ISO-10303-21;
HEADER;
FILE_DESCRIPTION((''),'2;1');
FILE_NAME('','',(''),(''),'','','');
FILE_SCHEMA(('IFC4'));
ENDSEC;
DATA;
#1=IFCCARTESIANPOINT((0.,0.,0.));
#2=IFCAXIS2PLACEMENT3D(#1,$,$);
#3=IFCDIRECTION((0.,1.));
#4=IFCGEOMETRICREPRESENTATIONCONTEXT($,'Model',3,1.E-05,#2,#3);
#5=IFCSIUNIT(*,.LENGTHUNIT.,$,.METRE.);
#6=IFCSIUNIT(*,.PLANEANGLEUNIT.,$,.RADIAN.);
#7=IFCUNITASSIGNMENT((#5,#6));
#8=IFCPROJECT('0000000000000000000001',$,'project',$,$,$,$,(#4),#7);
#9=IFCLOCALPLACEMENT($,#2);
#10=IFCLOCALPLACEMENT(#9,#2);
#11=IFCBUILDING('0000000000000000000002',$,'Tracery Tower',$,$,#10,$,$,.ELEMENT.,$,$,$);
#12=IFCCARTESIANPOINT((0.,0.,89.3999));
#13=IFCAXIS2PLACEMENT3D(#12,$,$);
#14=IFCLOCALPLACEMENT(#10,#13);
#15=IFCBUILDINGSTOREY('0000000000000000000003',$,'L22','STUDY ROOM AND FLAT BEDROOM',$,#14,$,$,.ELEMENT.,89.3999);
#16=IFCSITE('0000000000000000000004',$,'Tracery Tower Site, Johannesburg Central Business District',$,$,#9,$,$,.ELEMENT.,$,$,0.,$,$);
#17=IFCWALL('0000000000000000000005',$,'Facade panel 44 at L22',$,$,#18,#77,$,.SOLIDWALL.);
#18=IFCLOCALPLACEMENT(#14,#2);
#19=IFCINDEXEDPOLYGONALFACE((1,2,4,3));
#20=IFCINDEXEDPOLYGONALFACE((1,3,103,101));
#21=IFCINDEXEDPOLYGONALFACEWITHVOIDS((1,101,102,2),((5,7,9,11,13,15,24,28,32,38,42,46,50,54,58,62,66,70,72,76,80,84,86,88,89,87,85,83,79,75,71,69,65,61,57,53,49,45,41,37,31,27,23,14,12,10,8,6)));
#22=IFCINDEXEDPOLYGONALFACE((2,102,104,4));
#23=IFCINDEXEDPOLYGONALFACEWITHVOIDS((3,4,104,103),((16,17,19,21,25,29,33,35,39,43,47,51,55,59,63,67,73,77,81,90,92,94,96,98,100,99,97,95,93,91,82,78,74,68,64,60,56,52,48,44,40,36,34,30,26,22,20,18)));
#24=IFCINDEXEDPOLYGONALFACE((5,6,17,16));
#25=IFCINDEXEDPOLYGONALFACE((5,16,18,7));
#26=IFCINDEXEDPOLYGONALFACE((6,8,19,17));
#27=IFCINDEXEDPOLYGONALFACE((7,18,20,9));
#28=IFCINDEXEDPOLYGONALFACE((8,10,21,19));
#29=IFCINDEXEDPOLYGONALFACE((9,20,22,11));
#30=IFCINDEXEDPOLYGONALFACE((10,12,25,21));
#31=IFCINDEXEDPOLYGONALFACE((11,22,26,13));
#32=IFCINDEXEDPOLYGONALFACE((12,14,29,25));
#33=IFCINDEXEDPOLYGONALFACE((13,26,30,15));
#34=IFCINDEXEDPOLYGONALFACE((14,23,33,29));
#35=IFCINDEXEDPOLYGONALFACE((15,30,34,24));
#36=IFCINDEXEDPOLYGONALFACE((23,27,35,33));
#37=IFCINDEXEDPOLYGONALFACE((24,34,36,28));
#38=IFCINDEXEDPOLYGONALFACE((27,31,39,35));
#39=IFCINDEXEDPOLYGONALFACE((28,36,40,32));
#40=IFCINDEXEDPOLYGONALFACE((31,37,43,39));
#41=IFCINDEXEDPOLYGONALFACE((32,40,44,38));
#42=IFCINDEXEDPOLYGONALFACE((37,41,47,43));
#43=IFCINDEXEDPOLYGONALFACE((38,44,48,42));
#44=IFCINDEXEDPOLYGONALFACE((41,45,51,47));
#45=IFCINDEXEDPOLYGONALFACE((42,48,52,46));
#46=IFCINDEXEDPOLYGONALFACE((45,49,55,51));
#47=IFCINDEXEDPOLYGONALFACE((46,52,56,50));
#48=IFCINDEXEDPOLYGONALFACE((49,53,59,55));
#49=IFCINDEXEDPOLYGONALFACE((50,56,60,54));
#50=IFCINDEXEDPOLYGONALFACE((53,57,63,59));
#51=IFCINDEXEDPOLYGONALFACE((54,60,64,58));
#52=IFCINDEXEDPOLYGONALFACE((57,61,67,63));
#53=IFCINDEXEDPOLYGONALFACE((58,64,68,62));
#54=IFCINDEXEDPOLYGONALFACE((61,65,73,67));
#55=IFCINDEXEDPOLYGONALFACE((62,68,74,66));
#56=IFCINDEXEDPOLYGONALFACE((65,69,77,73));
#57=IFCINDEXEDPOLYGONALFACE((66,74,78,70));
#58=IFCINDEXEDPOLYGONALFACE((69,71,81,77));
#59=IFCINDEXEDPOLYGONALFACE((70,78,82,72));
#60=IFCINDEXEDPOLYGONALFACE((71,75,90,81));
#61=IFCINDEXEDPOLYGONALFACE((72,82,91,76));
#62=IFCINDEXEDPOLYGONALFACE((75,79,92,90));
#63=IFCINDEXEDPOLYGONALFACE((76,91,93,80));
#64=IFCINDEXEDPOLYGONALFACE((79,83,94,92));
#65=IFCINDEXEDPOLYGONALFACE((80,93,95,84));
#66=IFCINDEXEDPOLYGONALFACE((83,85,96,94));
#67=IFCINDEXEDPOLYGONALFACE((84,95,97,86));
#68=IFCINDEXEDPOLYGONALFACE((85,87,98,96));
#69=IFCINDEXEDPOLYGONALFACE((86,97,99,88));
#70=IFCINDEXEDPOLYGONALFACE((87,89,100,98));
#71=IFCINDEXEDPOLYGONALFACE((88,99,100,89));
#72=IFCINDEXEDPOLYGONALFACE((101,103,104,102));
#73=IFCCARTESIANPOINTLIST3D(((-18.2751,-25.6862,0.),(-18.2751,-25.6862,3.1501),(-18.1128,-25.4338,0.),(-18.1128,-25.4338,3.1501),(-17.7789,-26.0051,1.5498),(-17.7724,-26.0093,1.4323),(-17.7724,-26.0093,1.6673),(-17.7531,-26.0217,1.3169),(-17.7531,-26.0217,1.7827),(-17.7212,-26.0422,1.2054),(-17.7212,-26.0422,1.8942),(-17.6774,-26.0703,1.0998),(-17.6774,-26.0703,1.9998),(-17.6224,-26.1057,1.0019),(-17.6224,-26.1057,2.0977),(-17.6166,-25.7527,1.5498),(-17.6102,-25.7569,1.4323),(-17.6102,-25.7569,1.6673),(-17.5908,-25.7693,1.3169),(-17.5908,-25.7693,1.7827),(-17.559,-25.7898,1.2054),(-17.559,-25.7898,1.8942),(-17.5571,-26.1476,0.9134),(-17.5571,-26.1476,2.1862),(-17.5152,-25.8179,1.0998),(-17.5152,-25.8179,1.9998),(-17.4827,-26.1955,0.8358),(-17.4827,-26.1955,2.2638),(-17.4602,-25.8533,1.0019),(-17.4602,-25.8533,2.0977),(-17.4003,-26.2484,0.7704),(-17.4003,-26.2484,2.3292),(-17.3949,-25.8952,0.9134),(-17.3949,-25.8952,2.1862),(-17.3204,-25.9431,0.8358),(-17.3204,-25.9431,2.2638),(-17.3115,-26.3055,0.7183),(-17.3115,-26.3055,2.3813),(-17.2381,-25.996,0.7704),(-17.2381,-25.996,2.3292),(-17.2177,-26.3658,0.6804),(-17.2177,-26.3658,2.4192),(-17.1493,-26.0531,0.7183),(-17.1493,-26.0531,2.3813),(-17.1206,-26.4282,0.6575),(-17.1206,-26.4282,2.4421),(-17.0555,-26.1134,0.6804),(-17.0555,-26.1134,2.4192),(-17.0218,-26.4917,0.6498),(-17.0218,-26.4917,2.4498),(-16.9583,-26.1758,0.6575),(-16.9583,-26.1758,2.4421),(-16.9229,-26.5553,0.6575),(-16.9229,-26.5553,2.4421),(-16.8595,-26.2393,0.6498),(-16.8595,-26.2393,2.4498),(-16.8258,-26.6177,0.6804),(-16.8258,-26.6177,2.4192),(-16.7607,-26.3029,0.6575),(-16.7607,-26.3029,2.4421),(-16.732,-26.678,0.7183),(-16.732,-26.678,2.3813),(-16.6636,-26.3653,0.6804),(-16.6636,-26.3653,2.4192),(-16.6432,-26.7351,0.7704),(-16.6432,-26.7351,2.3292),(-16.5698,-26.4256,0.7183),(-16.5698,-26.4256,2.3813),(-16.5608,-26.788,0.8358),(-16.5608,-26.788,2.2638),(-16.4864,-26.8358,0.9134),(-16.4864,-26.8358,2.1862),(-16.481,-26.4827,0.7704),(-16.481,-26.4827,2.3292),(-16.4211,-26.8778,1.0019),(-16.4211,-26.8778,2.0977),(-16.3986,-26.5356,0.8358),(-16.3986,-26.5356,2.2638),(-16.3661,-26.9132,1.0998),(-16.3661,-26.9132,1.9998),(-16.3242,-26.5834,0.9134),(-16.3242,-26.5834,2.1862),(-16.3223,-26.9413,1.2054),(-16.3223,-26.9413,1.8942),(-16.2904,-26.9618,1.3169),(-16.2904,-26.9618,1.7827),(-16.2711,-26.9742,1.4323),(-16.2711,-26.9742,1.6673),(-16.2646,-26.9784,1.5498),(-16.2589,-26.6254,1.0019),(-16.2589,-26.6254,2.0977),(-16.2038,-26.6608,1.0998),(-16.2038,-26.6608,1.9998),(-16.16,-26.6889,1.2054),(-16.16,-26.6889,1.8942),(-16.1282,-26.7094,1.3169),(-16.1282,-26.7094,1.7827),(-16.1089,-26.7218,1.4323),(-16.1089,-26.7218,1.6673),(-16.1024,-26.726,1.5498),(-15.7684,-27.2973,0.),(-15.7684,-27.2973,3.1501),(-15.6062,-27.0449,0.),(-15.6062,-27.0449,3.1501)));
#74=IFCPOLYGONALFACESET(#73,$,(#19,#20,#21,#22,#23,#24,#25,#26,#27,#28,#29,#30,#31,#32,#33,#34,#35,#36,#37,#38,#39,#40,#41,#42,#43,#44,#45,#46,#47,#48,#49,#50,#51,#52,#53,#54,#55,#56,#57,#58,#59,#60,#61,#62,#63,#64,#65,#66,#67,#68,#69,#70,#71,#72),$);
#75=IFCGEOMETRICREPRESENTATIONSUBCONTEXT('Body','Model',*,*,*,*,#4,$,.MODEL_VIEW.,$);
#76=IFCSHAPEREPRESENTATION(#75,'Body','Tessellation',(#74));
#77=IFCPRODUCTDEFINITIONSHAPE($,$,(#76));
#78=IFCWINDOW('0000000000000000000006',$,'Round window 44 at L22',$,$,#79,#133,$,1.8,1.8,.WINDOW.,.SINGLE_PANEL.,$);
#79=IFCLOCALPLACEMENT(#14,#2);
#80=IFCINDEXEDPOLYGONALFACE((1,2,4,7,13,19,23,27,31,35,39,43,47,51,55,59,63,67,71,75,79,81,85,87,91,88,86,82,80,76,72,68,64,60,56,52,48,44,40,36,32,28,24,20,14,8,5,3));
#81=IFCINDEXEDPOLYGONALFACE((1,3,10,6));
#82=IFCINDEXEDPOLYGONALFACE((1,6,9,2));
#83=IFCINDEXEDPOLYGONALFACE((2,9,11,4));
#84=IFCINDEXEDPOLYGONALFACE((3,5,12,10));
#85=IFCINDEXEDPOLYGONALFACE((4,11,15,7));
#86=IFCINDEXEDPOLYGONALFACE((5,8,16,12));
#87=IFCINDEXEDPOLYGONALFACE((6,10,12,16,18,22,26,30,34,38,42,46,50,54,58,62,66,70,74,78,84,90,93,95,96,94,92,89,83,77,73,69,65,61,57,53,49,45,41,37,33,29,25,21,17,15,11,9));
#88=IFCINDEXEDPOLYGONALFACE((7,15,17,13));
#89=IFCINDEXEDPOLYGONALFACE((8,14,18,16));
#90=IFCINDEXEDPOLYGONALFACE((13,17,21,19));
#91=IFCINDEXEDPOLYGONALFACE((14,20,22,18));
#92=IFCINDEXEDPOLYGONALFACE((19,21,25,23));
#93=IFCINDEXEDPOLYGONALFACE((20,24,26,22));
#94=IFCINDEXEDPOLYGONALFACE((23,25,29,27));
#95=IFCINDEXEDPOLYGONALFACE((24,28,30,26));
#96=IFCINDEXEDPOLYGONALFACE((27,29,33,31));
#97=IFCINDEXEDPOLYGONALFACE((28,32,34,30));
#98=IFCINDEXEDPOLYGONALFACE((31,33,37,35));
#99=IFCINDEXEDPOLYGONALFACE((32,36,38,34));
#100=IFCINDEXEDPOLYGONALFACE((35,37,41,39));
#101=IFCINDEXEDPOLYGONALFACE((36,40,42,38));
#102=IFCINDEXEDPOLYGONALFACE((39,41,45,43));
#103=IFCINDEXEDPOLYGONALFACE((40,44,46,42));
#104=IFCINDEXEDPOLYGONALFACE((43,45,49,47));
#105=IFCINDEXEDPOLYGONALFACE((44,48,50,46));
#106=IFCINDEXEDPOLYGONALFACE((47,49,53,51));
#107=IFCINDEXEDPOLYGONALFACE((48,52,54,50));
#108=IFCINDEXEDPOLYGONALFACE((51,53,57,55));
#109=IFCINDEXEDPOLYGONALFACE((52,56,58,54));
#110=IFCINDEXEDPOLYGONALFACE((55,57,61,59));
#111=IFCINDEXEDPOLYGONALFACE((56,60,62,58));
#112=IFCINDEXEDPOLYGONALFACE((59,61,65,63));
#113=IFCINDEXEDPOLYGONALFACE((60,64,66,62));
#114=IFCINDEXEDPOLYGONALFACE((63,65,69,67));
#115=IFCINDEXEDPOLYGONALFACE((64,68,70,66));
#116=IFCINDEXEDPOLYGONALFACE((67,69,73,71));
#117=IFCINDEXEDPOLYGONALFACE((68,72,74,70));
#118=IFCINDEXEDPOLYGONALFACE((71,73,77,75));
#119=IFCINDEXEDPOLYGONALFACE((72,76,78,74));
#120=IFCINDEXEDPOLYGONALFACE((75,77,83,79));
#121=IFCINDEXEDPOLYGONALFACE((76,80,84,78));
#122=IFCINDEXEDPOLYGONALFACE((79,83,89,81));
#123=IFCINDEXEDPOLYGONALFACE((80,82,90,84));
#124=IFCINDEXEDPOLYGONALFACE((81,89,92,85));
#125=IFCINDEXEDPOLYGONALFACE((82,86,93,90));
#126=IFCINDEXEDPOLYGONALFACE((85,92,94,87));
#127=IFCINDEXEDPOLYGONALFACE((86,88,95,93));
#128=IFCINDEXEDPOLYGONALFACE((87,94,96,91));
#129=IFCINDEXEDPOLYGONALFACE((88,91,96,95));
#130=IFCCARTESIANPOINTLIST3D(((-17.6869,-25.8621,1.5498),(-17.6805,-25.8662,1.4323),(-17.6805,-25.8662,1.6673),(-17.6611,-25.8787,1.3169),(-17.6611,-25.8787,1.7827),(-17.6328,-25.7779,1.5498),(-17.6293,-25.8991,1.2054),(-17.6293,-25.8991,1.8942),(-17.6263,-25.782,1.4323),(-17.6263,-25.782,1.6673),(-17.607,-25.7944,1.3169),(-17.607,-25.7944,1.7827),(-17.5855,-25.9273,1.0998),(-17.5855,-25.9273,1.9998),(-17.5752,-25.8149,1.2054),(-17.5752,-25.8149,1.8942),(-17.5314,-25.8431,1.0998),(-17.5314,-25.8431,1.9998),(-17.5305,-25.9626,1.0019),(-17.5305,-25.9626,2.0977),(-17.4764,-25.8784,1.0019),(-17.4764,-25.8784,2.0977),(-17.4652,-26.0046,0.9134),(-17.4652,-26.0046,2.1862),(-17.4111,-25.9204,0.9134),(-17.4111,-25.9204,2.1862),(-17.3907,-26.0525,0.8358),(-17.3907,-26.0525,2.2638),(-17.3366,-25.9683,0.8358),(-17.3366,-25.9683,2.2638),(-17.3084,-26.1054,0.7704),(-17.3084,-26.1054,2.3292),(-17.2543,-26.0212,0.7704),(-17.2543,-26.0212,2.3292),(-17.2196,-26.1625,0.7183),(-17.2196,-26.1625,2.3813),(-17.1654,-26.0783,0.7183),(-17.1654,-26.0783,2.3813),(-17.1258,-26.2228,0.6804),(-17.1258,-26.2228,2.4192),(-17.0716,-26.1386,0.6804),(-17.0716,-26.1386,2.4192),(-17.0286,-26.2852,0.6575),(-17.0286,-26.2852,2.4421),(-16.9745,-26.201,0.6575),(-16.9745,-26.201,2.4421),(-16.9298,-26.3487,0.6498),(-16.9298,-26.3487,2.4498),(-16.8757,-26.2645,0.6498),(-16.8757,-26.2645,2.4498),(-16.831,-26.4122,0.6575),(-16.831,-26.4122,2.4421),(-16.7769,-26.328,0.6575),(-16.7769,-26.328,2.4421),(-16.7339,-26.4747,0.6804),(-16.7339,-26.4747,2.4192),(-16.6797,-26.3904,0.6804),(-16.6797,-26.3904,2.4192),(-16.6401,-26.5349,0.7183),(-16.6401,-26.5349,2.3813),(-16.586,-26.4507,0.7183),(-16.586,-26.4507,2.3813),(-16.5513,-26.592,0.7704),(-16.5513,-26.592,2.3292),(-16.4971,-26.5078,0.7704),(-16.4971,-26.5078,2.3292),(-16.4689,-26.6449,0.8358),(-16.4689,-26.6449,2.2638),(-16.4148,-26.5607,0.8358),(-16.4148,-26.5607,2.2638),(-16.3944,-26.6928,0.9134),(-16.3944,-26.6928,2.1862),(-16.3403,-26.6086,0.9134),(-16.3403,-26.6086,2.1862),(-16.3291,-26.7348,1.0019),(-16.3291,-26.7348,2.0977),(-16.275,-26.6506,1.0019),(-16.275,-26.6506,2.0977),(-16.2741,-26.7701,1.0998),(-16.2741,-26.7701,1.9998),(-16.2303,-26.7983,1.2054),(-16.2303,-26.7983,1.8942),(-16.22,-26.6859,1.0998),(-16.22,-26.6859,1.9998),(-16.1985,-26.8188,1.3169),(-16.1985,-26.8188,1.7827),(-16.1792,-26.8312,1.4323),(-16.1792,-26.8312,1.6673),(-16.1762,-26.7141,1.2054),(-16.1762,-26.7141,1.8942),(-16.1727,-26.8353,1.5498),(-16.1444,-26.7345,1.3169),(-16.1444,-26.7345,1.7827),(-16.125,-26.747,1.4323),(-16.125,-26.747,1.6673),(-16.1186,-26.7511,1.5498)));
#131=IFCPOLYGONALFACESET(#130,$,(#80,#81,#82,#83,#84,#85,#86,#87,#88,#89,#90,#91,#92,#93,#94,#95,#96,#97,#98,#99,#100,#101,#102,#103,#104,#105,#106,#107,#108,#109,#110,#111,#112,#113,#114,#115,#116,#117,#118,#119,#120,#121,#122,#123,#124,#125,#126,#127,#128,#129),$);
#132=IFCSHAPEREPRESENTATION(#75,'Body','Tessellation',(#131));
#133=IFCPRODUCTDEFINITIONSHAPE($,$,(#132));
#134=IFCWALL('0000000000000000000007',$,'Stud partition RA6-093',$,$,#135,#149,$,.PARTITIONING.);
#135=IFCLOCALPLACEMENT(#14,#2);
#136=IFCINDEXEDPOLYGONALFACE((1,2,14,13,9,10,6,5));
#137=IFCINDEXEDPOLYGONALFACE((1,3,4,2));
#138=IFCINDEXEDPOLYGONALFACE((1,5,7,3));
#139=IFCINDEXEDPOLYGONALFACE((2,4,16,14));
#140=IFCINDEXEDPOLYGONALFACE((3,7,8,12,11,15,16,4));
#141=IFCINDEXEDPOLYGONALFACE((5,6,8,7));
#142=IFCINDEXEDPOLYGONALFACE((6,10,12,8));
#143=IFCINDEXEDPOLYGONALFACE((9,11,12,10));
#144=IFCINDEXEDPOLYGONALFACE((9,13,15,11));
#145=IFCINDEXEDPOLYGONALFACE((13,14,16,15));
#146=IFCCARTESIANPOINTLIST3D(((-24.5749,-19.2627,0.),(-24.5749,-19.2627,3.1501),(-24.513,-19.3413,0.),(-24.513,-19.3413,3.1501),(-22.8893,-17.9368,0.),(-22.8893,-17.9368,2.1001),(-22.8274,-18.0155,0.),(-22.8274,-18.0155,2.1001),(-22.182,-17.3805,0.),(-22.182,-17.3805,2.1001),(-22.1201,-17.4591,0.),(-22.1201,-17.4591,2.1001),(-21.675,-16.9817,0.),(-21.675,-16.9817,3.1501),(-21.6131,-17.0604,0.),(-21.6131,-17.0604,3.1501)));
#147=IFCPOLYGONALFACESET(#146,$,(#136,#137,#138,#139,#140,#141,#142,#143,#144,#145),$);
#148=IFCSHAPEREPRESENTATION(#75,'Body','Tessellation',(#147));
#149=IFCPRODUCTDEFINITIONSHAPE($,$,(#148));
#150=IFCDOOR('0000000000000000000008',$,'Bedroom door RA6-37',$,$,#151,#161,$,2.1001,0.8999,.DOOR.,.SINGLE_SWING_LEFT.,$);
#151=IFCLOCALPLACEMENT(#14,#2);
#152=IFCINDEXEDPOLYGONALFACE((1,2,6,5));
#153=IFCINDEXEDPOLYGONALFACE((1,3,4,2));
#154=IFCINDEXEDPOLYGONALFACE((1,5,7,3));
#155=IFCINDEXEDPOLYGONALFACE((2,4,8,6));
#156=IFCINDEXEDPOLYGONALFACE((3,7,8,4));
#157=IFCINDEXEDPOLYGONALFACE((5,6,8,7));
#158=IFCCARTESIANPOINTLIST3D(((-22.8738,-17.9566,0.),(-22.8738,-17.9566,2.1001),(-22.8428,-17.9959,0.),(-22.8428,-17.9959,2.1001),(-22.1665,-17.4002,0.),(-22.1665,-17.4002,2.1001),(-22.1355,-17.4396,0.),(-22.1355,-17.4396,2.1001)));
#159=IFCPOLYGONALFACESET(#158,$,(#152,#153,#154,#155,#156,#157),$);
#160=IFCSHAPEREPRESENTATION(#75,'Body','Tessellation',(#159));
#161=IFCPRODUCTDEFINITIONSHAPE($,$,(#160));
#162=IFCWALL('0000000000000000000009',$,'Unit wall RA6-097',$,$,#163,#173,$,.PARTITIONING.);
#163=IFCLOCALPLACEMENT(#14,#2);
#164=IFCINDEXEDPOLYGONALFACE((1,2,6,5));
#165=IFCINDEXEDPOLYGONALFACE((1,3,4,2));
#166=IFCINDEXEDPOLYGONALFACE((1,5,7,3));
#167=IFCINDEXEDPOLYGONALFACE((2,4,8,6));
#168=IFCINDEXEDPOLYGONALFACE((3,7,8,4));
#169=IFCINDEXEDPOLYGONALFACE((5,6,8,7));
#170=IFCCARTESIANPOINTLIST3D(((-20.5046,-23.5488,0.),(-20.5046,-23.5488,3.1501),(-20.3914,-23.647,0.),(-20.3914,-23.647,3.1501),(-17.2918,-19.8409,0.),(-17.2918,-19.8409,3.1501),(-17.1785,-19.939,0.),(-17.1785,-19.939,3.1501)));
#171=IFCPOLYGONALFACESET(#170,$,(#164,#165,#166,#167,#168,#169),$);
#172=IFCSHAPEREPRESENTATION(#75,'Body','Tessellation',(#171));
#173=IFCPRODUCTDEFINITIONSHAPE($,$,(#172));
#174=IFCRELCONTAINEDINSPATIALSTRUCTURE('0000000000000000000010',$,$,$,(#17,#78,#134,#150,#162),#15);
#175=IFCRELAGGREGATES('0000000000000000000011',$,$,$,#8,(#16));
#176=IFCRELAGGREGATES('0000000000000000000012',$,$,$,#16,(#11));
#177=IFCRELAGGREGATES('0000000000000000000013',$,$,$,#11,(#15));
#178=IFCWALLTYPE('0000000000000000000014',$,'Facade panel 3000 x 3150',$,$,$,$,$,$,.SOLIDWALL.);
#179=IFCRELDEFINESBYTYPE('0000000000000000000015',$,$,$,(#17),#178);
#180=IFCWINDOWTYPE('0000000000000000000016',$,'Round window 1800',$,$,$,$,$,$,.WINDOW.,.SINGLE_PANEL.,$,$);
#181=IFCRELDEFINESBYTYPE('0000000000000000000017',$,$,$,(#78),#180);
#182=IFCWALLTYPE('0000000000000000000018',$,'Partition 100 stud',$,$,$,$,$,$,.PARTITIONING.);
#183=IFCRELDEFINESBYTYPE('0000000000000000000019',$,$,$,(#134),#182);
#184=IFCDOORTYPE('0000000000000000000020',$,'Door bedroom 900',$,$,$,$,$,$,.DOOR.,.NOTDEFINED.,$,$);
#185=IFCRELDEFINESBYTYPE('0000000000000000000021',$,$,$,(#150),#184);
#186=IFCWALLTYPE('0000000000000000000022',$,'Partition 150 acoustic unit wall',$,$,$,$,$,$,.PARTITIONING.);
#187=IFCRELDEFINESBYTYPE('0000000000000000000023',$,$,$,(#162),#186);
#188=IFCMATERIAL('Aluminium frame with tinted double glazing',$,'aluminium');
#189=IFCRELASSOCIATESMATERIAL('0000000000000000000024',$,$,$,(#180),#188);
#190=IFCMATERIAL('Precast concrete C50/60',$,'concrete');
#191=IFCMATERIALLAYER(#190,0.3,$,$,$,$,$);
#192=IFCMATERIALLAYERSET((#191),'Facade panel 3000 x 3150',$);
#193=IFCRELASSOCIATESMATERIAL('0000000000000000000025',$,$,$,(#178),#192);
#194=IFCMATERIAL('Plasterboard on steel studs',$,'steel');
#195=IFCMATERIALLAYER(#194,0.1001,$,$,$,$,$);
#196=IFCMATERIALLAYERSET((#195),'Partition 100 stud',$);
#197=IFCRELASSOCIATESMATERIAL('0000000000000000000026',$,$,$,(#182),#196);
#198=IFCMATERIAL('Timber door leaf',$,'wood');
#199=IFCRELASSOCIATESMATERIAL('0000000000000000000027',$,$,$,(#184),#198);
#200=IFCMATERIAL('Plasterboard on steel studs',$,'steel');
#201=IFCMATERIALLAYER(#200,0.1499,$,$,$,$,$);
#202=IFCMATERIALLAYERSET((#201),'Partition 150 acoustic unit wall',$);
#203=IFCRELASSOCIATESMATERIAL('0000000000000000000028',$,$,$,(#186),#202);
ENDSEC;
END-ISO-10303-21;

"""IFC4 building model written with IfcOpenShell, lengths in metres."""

from ifc_helpers import new_model, si_unit, direction, frame, frame_2d, origin, origin_2d, place, context, subcontext, project, spatial, rectangle, circle, extrude, material, layer, layer_set, type_object, element, fill, save


model = new_model("IFC4")

# Units and contexts
model_context = context("Model", 3, precision=1e-05, world=origin(), true_north=direction((0.0, 1.0)))
body_context = subcontext(model_context, "Body", "Model", "MODEL_VIEW")
ifc_project = project(units=[si_unit("LENGTHUNIT", "METRE"), si_unit("PLANEANGLEUNIT", "RADIAN")], contexts=[model_context])

# Site, building, storey
site_placement = place(None, origin())
site = spatial("IfcSite", under=ifc_project, at=site_placement, Name="Tracery Tower Site, Johannesburg Central Business District", CompositionType="ELEMENT", RefElevation=0.0)
building_placement = place(site_placement, origin())
building = spatial("IfcBuilding", under=site, at=building_placement, Name="Tracery Tower", CompositionType="ELEMENT")
storey_placement = place(building_placement, frame((0.0, 0.0, 89.3999)))
storey = spatial("IfcBuildingStorey", under=building, at=storey_placement, Name="L22", Description="STUDY ROOM AND FLAT BEDROOM", CompositionType="ELEMENT", Elevation=89.3999)

# Wall, opening, window
ifc_material_1 = material(Name="Aluminium frame with tinted double glazing", Category="aluminium")
window_type = type_object("IfcWindowType", Name="Round window 1800", PartitioningType="SINGLE_PANEL", PredefinedType="WINDOW", material=ifc_material_1)
ifc_material_2 = material(Name="Precast concrete C50/60", Category="concrete")
ifc_layer_1 = layer(ifc_material_2, 0.3)
ifc_layer_set_1 = layer_set([ifc_layer_1], Name="Facade panel 3000 x 3150")
wall_type_1 = type_object("IfcWallType", Name="Facade panel 3000 x 3150", PredefinedType="SOLIDWALL", material=ifc_layer_set_1)
wall_1_placement = place(storey_placement, frame((-18.1938, -25.5601, 0.0), z_axis=(0.0, 0.0, 1.0), x_axis=(0.841224, -0.540687, 0.0)))
wall_1 = element("IfcWall", 1, at=wall_1_placement, inside=storey, type_object=wall_type_1, Name="Facade panel 44 at L22", PredefinedType="SOLIDWALL", context=body_context, shape_type="SweptSolid", body=[
    extrude(rectangle(XDim=2.9797, YDim=0.3, at=frame_2d((1.4897, 0.0))), origin(), (0.0, 0.0, 1.0), 3.1501),
])
opening_1_placement = place(wall_1_placement, frame((1.4897, 0.0, 1.5498)))
opening_1 = element("IfcOpeningElement", 2, at=opening_1_placement, cuts=wall_1, PredefinedType="OPENING", context=body_context, shape_type="SweptSolid", body=[
    extrude(circle(Radius=0.9, at=origin_2d()), frame((0.0, 0.1599, 0.0), z_axis=(0.0, -1.0, 0.0), x_axis=(1.0, 0.0, 0.0)), (0.0, 0.0, 1.0), 0.3201),
])
window_1_placement = place(opening_1_placement, origin())
window_1 = element("IfcWindow", 3, at=window_1_placement, inside=storey, type_object=window_type, Name="Round window 44 at L22", OverallHeight=1.8, OverallWidth=1.8, PartitioningType="SINGLE_PANEL", PredefinedType="WINDOW", context=body_context, shape_type="SweptSolid", body=[
    extrude(circle(Radius=0.9, at=origin_2d()), frame((0.0, 0.1201, 0.0), z_axis=(0.0, -1.0, 0.0), x_axis=(1.0, 0.0, 0.0)), (0.0, 0.0, 1.0), 0.1001),
])
fill(opening_1, window_1)

# Wall, opening, door
ifc_material_3 = material(Name="Plasterboard on steel studs", Category="steel")
ifc_layer_2 = layer(ifc_material_3, 0.1001)
ifc_layer_set_2 = layer_set([ifc_layer_2], Name="Partition 100 stud")
wall_type_2 = type_object("IfcWallType", Name="Partition 100 stud", PredefinedType="PARTITIONING", material=ifc_layer_set_2)
wall_2_placement = place(storey_placement, frame((-24.5439, -19.302, 0.0), z_axis=(0.0, 0.0, 1.0), x_axis=(0.785988, 0.618242, 0.0)))
wall_2 = element("IfcWall", 4, at=wall_2_placement, inside=storey, type_object=wall_type_2, Name="Stud partition RA6-093", PredefinedType="PARTITIONING", context=body_context, shape_type="SweptSolid", body=[
    extrude(rectangle(XDim=3.6895, YDim=0.1001, at=frame_2d((1.8447, 0.0))), origin(), (0.0, 0.0, 1.0), 3.1501),
])
opening_2_placement = place(wall_2_placement, frame((2.1445, 0.0, 0.0)))
opening_2 = element("IfcOpeningElement", 5, at=opening_2_placement, cuts=wall_2, PredefinedType="OPENING", context=body_context, shape_type="SweptSolid", body=[
    extrude(rectangle(XDim=0.8999, YDim=2.1001, at=frame_2d((0.45, 1.05))), frame((0.0, 0.05, 0.0), z_axis=(0.0, -1.0, 0.0), x_axis=(1.0, 0.0, 0.0)), (0.0, 0.0, 1.0), 0.1001),
])
ifc_material_4 = material(Name="Timber door leaf", Category="wood")
door_type_1 = type_object("IfcDoorType", Name="Door bedroom 900", OperationType="NOTDEFINED", PredefinedType="DOOR", material=ifc_material_4)
door_1_placement = place(opening_2_placement, origin())
door_1 = element("IfcDoor", 6, at=door_1_placement, inside=storey, type_object=door_type_1, Name="Bedroom door RA6-37", OperationType="SINGLE_SWING_LEFT", OverallHeight=2.1001, OverallWidth=0.8999, PredefinedType="DOOR", context=body_context, shape_type="SweptSolid", body=[
    extrude(rectangle(XDim=0.8999, YDim=2.1001, at=frame_2d((0.45, 1.05))), frame((0.0, 0.0249, 0.0), z_axis=(0.0, -1.0, 0.0), x_axis=(1.0, 0.0, 0.0)), (0.0, 0.0, 1.0), 0.05),
])
fill(opening_2, door_1)

# Wall
ifc_material_5 = material(Name="Plasterboard on steel studs", Category="steel")
ifc_layer_3 = layer(ifc_material_5, 0.1499)
ifc_layer_set_3 = layer_set([ifc_layer_3], Name="Partition 150 acoustic unit wall")
wall_type_3 = type_object("IfcWallType", Name="Partition 150 acoustic unit wall", PredefinedType="PARTITIONING", material=ifc_layer_set_3)
wall_3_placement = place(storey_placement, frame((-20.448, -23.5979, 0.0), z_axis=(0.0, 0.0, 1.0), x_axis=(0.654847, 0.755761, 0.0)))
element("IfcWall", 7, at=wall_3_placement, inside=storey, type_object=wall_type_3, Name="Unit wall RA6-097", PredefinedType="PARTITIONING", context=body_context, shape_type="SweptSolid", body=[
    extrude(rectangle(XDim=4.9062, YDim=0.1499, at=frame_2d((2.4531, 0.0))), origin(), (0.0, 0.0, 1.0), 3.1501),
])

save(model, "model.ifc")
